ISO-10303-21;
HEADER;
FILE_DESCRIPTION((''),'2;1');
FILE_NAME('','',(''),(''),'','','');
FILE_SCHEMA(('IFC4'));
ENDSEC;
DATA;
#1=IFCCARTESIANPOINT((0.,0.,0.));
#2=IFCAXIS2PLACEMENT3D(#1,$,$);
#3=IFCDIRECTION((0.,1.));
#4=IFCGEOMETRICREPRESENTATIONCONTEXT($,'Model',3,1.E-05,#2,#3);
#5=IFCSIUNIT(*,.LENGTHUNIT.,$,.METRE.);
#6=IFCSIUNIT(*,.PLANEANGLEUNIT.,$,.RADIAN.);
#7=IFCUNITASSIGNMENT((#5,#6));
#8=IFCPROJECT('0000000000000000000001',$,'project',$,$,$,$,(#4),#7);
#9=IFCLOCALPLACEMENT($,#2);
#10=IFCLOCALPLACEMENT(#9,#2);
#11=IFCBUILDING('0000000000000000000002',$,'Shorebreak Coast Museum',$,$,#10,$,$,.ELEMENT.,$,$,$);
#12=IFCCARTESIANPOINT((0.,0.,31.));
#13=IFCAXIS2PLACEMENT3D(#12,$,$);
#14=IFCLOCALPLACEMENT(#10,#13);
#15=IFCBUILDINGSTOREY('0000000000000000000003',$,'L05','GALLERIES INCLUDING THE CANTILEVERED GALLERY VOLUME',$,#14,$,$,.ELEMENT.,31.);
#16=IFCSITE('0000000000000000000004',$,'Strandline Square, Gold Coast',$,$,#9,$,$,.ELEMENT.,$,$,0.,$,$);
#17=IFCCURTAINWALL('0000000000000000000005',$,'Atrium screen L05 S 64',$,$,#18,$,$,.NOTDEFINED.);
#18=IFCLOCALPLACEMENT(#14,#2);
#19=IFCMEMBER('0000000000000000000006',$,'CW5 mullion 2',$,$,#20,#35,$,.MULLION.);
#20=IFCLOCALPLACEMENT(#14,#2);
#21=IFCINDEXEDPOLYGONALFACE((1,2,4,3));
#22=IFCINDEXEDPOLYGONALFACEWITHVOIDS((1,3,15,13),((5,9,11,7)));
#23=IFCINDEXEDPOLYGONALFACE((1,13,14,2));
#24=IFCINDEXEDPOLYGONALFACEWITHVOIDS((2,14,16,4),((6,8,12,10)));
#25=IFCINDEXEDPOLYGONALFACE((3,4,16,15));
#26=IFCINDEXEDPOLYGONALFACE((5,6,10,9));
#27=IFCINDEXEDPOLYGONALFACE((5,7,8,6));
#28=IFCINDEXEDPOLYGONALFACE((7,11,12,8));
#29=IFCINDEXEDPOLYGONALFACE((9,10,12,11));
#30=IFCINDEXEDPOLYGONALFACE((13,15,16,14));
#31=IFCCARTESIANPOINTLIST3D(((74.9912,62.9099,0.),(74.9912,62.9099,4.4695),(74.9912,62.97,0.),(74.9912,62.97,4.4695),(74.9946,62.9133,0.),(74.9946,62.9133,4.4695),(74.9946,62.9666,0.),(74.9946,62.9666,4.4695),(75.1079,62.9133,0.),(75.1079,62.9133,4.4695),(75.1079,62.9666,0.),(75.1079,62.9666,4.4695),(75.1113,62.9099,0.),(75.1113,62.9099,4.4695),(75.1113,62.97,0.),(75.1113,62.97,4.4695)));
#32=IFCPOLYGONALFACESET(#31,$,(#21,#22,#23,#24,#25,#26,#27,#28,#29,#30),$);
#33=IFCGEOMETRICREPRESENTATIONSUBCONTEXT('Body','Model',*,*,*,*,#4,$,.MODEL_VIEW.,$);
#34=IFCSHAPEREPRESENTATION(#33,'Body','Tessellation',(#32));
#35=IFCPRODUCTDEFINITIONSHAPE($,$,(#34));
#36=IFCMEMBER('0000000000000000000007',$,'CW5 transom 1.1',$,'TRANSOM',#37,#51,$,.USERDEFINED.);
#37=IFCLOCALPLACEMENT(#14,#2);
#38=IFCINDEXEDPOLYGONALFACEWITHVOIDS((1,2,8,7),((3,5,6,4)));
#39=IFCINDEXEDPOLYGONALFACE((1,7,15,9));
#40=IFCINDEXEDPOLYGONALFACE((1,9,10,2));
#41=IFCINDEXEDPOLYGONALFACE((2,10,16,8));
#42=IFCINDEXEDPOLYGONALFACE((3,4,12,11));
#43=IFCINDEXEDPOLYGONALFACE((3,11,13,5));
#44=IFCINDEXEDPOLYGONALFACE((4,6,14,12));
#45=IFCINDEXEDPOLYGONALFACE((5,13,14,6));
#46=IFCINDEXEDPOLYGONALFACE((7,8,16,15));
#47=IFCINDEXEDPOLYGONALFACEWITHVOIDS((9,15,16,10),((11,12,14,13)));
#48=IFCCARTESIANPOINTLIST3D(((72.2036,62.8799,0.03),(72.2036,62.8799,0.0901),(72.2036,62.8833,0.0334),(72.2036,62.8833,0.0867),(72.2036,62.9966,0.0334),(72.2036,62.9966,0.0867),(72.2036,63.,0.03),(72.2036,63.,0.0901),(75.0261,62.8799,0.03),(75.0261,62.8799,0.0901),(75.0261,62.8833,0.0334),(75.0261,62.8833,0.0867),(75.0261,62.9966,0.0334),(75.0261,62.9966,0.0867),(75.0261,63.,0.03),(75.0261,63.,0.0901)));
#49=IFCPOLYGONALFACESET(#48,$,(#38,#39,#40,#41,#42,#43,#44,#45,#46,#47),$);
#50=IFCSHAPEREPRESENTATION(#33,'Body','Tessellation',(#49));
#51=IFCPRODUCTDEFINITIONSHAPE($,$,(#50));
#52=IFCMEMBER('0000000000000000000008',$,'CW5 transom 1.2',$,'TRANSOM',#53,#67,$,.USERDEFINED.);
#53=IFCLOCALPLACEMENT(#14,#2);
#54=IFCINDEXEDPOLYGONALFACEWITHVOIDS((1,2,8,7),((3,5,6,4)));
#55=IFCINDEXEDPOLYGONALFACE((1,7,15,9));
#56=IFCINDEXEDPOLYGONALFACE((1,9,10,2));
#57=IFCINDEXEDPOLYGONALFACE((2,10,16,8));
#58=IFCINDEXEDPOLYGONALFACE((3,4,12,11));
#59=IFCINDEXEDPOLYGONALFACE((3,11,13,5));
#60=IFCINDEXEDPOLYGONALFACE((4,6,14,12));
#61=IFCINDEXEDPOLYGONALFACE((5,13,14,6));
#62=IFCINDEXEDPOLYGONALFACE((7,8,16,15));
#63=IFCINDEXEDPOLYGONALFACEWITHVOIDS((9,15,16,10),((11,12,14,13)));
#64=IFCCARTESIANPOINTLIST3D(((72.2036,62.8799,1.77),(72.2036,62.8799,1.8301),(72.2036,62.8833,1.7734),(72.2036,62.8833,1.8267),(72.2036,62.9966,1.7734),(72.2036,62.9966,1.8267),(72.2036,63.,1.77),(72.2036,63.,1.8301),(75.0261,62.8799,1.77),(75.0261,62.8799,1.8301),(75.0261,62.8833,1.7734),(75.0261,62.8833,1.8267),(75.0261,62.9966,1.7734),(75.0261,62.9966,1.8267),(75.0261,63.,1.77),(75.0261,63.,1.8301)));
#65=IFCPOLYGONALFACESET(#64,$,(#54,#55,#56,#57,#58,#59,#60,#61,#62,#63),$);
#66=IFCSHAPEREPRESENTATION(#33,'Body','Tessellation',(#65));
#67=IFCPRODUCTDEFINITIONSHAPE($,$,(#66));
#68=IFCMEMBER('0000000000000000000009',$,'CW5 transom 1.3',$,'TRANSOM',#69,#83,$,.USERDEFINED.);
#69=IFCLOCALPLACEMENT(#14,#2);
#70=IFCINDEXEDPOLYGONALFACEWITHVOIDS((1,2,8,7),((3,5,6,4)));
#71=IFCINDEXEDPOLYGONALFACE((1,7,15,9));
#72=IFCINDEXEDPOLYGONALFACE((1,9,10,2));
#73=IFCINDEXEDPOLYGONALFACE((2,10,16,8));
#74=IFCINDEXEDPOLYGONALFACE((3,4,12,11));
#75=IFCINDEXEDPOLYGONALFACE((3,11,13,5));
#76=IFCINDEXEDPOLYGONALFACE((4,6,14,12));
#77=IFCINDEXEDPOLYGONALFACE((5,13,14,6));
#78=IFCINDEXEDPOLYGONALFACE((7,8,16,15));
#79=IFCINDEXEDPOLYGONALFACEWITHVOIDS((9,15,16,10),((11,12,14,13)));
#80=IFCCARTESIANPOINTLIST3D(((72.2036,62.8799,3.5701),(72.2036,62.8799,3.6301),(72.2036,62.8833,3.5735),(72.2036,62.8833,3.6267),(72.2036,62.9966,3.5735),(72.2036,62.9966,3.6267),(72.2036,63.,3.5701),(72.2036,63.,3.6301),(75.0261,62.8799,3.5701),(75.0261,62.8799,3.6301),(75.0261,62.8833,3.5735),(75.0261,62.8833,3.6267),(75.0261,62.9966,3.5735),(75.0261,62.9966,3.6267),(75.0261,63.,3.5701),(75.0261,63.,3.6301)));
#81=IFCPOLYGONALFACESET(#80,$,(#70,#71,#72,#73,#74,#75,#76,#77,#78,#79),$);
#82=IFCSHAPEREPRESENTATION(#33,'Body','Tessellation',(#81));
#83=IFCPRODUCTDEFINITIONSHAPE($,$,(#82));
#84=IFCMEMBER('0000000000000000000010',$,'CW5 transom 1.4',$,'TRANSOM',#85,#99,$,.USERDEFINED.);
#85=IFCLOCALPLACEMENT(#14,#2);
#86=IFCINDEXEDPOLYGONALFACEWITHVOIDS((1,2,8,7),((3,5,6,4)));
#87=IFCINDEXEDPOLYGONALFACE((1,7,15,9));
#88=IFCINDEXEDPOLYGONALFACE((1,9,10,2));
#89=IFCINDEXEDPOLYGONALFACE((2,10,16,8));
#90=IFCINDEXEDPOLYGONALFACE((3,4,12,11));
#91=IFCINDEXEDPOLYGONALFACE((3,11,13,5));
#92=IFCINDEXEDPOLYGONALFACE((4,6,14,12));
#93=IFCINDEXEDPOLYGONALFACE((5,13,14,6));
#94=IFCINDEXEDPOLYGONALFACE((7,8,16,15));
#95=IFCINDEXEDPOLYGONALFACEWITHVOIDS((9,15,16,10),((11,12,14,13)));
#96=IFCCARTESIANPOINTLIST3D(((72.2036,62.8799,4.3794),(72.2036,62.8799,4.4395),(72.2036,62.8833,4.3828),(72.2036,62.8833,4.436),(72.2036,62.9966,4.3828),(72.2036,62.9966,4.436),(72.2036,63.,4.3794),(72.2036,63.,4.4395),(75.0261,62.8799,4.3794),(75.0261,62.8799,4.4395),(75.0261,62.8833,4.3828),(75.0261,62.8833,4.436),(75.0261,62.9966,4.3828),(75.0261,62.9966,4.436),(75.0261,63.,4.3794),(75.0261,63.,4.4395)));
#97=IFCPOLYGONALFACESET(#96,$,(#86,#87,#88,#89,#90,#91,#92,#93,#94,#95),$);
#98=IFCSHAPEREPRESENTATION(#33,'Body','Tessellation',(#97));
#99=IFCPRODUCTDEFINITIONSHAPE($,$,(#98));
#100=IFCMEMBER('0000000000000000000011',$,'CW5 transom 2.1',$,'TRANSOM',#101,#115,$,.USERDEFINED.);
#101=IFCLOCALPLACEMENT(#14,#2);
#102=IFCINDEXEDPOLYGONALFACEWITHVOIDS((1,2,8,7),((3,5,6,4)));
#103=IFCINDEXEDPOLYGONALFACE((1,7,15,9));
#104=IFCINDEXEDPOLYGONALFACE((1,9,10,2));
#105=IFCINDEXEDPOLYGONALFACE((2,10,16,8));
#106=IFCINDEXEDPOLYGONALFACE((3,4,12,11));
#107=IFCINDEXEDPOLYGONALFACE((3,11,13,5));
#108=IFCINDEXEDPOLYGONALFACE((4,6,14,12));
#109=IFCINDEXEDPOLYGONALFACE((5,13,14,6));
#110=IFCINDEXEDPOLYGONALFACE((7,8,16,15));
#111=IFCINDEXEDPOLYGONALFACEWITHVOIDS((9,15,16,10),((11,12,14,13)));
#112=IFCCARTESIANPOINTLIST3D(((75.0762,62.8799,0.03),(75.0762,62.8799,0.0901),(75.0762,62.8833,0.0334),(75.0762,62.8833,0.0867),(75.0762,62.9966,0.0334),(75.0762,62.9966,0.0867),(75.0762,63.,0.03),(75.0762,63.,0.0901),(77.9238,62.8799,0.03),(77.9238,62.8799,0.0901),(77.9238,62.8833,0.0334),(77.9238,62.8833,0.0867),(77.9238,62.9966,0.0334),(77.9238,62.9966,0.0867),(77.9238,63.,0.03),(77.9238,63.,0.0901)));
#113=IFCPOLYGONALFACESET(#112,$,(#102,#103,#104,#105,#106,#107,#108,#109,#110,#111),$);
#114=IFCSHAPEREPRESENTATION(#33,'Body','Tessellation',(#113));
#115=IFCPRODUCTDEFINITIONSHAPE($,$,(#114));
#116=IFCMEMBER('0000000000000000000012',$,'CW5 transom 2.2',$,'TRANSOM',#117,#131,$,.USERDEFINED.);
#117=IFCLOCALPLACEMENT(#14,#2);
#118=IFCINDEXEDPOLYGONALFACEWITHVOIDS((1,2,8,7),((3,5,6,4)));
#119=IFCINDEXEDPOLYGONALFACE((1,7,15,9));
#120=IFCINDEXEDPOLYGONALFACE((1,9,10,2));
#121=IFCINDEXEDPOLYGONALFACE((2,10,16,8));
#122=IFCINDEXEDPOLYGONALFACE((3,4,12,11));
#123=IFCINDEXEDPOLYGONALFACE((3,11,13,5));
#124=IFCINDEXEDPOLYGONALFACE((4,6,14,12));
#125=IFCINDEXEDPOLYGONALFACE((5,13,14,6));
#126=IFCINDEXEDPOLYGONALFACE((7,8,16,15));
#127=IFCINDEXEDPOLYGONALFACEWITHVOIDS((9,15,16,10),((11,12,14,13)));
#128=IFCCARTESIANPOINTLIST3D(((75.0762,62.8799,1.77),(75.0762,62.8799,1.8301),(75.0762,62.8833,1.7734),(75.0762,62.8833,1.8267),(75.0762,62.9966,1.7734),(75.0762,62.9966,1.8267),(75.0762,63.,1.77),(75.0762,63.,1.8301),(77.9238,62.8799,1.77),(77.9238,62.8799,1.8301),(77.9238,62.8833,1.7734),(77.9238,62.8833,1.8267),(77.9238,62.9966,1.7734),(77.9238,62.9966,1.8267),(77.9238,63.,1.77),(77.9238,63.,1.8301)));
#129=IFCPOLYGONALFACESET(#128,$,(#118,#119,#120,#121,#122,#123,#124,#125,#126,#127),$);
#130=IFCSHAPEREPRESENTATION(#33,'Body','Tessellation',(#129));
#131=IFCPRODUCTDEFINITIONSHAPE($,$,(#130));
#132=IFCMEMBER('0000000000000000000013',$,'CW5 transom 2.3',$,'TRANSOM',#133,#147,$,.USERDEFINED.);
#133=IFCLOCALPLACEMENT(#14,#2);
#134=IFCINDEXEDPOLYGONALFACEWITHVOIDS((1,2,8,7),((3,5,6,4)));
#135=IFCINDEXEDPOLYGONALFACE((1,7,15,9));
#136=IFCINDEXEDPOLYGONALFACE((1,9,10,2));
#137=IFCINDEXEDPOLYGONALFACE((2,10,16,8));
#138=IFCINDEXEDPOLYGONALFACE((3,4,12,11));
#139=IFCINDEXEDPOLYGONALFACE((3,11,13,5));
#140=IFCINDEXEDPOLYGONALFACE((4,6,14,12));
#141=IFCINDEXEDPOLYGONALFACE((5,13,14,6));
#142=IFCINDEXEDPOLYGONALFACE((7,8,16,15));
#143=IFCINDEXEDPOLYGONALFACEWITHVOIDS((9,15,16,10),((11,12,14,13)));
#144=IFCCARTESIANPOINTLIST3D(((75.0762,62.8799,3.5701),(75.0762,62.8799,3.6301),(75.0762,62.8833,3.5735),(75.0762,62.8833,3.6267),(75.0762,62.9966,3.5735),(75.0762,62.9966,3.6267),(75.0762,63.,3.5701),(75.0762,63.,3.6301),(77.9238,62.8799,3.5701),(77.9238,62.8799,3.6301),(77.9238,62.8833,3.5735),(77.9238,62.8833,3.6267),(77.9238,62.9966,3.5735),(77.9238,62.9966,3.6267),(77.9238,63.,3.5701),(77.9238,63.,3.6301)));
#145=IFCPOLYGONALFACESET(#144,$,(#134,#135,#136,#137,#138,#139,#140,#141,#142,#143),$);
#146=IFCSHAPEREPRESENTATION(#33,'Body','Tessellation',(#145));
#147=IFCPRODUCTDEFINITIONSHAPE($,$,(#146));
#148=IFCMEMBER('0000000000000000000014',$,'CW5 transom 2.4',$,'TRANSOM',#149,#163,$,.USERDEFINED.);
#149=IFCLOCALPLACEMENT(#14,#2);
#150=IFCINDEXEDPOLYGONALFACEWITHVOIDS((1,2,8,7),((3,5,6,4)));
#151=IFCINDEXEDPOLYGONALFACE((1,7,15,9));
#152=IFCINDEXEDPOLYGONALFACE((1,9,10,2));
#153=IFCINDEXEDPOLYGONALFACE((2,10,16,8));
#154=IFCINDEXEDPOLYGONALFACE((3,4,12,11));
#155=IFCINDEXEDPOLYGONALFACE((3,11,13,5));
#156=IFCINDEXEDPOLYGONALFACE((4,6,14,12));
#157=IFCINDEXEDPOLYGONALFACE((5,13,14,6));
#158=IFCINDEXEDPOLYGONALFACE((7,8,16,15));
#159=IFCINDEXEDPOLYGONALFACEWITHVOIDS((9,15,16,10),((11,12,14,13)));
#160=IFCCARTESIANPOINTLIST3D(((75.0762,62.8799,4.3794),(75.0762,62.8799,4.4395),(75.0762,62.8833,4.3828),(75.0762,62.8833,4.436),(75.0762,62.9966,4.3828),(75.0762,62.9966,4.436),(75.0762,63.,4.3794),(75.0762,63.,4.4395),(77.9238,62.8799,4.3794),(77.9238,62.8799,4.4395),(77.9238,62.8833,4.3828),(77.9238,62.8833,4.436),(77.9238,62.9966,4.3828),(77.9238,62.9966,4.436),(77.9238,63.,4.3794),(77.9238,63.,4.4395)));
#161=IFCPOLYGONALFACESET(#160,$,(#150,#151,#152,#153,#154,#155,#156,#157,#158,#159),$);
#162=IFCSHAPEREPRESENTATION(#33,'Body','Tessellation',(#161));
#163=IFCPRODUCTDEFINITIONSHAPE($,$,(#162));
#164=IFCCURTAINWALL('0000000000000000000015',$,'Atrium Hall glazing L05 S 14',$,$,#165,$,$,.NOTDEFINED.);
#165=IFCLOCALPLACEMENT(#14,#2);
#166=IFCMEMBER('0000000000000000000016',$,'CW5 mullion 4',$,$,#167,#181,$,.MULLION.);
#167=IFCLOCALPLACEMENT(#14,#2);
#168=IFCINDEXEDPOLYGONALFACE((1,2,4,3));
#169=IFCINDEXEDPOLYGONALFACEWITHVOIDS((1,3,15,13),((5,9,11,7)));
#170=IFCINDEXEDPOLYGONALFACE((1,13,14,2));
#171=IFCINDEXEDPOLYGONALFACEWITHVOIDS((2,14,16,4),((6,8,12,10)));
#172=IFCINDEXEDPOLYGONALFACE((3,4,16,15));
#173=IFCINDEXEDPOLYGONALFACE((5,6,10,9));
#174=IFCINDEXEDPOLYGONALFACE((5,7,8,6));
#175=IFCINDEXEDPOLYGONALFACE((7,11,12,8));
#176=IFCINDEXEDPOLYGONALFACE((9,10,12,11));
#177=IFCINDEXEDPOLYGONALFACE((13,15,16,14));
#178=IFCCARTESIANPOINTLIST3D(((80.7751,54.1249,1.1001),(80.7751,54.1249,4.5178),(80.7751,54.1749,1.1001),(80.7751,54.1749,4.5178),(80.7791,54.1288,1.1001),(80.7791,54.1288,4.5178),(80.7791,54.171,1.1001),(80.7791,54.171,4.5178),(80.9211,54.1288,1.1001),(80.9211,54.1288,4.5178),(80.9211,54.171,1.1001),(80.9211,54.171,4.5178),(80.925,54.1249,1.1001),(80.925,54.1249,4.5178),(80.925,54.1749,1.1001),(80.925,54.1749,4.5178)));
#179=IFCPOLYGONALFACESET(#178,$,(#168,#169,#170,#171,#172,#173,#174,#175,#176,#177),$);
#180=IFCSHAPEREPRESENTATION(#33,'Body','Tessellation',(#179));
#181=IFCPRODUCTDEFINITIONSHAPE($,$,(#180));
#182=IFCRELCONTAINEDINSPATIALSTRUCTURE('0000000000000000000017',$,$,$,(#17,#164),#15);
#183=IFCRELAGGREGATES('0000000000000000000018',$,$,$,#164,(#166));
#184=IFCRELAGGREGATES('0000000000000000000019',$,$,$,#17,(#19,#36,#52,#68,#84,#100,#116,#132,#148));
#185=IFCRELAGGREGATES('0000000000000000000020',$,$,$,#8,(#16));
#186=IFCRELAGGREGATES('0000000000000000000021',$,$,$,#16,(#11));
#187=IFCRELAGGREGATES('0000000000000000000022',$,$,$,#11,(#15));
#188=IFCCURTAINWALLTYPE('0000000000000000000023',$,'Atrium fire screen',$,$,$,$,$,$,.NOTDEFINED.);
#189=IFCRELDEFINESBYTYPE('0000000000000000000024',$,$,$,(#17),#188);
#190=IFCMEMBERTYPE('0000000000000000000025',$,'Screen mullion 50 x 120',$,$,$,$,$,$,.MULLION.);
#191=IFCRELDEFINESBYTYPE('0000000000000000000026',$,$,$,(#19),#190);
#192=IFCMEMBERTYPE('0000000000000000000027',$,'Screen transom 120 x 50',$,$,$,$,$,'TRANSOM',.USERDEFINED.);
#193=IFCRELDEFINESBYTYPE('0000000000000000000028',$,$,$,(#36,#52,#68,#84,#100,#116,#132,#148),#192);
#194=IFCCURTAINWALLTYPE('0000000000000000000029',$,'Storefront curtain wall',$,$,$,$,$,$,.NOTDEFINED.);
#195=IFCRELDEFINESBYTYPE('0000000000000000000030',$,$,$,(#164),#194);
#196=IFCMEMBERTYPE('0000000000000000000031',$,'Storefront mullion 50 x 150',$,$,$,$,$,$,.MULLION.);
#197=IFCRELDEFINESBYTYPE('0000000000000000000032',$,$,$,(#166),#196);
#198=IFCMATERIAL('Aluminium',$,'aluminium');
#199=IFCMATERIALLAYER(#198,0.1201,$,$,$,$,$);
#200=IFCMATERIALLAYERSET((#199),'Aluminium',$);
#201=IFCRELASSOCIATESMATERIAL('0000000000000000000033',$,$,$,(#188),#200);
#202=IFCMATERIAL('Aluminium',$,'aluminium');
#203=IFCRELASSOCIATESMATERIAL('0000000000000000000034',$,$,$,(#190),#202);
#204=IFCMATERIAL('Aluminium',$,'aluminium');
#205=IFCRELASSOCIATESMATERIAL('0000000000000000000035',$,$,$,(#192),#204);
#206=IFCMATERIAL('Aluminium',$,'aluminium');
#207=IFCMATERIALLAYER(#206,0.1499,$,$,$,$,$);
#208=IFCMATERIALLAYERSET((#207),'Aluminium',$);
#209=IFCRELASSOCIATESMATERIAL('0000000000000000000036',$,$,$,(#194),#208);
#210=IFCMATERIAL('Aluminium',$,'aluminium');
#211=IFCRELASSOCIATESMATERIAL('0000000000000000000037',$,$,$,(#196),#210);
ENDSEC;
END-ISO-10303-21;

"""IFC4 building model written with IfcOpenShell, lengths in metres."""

from ifc_helpers import new_model, si_unit, direction, frame, origin, origin_2d, place, context, subcontext, project, spatial, hollow_rectangle, extrude, material, layer, layer_set, material_profile, profile_set, type_object, element, aggregate, save


model = new_model("IFC4")

# Units and contexts
model_context = context("Model", 3, precision=1e-05, world=origin(), true_north=direction((0.0, 1.0)))
body_context = subcontext(model_context, "Body", "Model", "MODEL_VIEW")
ifc_project = project(units=[si_unit("LENGTHUNIT", "METRE"), si_unit("PLANEANGLEUNIT", "RADIAN")], contexts=[model_context])

# Site, building, storey
site_placement = place(None, origin())
site = spatial("IfcSite", under=ifc_project, at=site_placement, Name="Strandline Square, Gold Coast", CompositionType="ELEMENT", RefElevation=0.0)
building_placement = place(site_placement, origin())
building = spatial("IfcBuilding", under=site, at=building_placement, Name="Shorebreak Coast Museum", CompositionType="ELEMENT")
storey_placement = place(building_placement, frame((0.0, 0.0, 31.0)))
storey = spatial("IfcBuildingStorey", under=building, at=storey_placement, Name="L05", Description="GALLERIES INCLUDING THE CANTILEVERED GALLERY VOLUME", CompositionType="ELEMENT", Elevation=31.0)

# Curtain wall, members
ifc_material_1 = material(Name="Aluminium", Category="aluminium")
ifc_layer_1 = layer(ifc_material_1, 0.1201)
ifc_layer_set_1 = layer_set([ifc_layer_1], Name="Aluminium")
curtain_wall_type_1 = type_object("IfcCurtainWallType", Name="Atrium fire screen", PredefinedType="NOTDEFINED", material=ifc_layer_set_1)
curtain_wall_1_placement = place(storey_placement, origin())
curtain_wall_1 = element("IfcCurtainWall", 1, at=curtain_wall_1_placement, inside=storey, type_object=curtain_wall_type_1, Name="Atrium screen L05 S 64", PredefinedType="NOTDEFINED")
ifc_material_2 = material(Name="Aluminium", Category="aluminium")
ifc_material_profile_1 = material_profile(ifc_material_2, hollow_rectangle(XDim=0.0601, YDim=0.1201, WallThickness=0.0034, at=origin_2d()), Name="AL 120x60 RHS")
ifc_profile_set_1 = profile_set([ifc_material_profile_1], Name="Aluminium")
member_type_1 = type_object("IfcMemberType", Name="Screen mullion 50 x 120", PredefinedType="MULLION", material=ifc_profile_set_1)
member_1_placement = place(storey_placement, frame((75.0513, 62.9399, 0.0), z_axis=(0.0, 0.0, 1.0), x_axis=(0.0, 1.0, 0.0)))
member_1 = element("IfcMember", 2, at=member_1_placement, type_object=member_type_1, Name="CW5 mullion 2", PredefinedType="MULLION", context=body_context, shape_type="SweptSolid", body=[
    extrude(hollow_rectangle(XDim=0.0601, YDim=0.1201, WallThickness=0.0034, at=origin_2d()), origin(), (0.0, 0.0, 1.0), 4.4695),
])
ifc_material_3 = material(Name="Aluminium", Category="aluminium")
ifc_material_profile_2 = material_profile(ifc_material_3, hollow_rectangle(XDim=0.1201, YDim=0.0601, WallThickness=0.0034, at=origin_2d()), Name="AL 60x120 RHS")
ifc_profile_set_2 = profile_set([ifc_material_profile_2], Name="Aluminium")
member_type_2 = type_object("IfcMemberType", Name="Screen transom 120 x 50", ElementType="TRANSOM", PredefinedType="USERDEFINED", material=ifc_profile_set_2)
member_2_placement = place(storey_placement, frame((72.2036, 62.9399, 0.0601), z_axis=(1.0, 0.0, 0.0), x_axis=(0.0, 1.0, 0.0)))
member_2 = element("IfcMember", 3, at=member_2_placement, type_object=member_type_2, Name="CW5 transom 1.1", ObjectType="TRANSOM", PredefinedType="USERDEFINED", context=body_context, shape_type="SweptSolid", body=[
    extrude(hollow_rectangle(XDim=0.1201, YDim=0.0601, WallThickness=0.0034, at=origin_2d()), origin(), (0.0, 0.0, 1.0), 2.8225),
])
member_3_placement = place(storey_placement, frame((72.2036, 62.9399, 1.8), z_axis=(1.0, 0.0, 0.0), x_axis=(0.0, 1.0, 0.0)))
member_3 = element("IfcMember", 4, at=member_3_placement, type_object=member_type_2, Name="CW5 transom 1.2", ObjectType="TRANSOM", PredefinedType="USERDEFINED", context=body_context, shape_type="SweptSolid", body=[
    extrude(hollow_rectangle(XDim=0.1201, YDim=0.0601, WallThickness=0.0034, at=origin_2d()), origin(), (0.0, 0.0, 1.0), 2.8225),
])
member_4_placement = place(storey_placement, frame((72.2036, 62.9399, 3.6001), z_axis=(1.0, 0.0, 0.0), x_axis=(0.0, 1.0, 0.0)))
member_4 = element("IfcMember", 5, at=member_4_placement, type_object=member_type_2, Name="CW5 transom 1.3", ObjectType="TRANSOM", PredefinedType="USERDEFINED", context=body_context, shape_type="SweptSolid", body=[
    extrude(hollow_rectangle(XDim=0.1201, YDim=0.0601, WallThickness=0.0034, at=origin_2d()), origin(), (0.0, 0.0, 1.0), 2.8225),
])
member_5_placement = place(storey_placement, frame((72.2036, 62.9399, 4.4094), z_axis=(1.0, 0.0, 0.0), x_axis=(0.0, 1.0, 0.0)))
member_5 = element("IfcMember", 6, at=member_5_placement, type_object=member_type_2, Name="CW5 transom 1.4", ObjectType="TRANSOM", PredefinedType="USERDEFINED", context=body_context, shape_type="SweptSolid", body=[
    extrude(hollow_rectangle(XDim=0.1201, YDim=0.0601, WallThickness=0.0034, at=origin_2d()), origin(), (0.0, 0.0, 1.0), 2.8225),
])
member_6_placement = place(storey_placement, frame((75.0762, 62.9399, 0.0601), z_axis=(1.0, 0.0, 0.0), x_axis=(0.0, 1.0, 0.0)))
member_6 = element("IfcMember", 7, at=member_6_placement, type_object=member_type_2, Name="CW5 transom 2.1", ObjectType="TRANSOM", PredefinedType="USERDEFINED", context=body_context, shape_type="SweptSolid", body=[
    extrude(hollow_rectangle(XDim=0.1201, YDim=0.0601, WallThickness=0.0034, at=origin_2d()), origin(), (0.0, 0.0, 1.0), 2.8477),
])
member_7_placement = place(storey_placement, frame((75.0762, 62.9399, 1.8), z_axis=(1.0, 0.0, 0.0), x_axis=(0.0, 1.0, 0.0)))
member_7 = element("IfcMember", 8, at=member_7_placement, type_object=member_type_2, Name="CW5 transom 2.2", ObjectType="TRANSOM", PredefinedType="USERDEFINED", context=body_context, shape_type="SweptSolid", body=[
    extrude(hollow_rectangle(XDim=0.1201, YDim=0.0601, WallThickness=0.0034, at=origin_2d()), origin(), (0.0, 0.0, 1.0), 2.8477),
])
member_8_placement = place(storey_placement, frame((75.0762, 62.9399, 3.6001), z_axis=(1.0, 0.0, 0.0), x_axis=(0.0, 1.0, 0.0)))
member_8 = element("IfcMember", 9, at=member_8_placement, type_object=member_type_2, Name="CW5 transom 2.3", ObjectType="TRANSOM", PredefinedType="USERDEFINED", context=body_context, shape_type="SweptSolid", body=[
    extrude(hollow_rectangle(XDim=0.1201, YDim=0.0601, WallThickness=0.0034, at=origin_2d()), origin(), (0.0, 0.0, 1.0), 2.8477),
])
member_9_placement = place(storey_placement, frame((75.0762, 62.9399, 4.4094), z_axis=(1.0, 0.0, 0.0), x_axis=(0.0, 1.0, 0.0)))
member_9 = element("IfcMember", 10, at=member_9_placement, type_object=member_type_2, Name="CW5 transom 2.4", ObjectType="TRANSOM", PredefinedType="USERDEFINED", context=body_context, shape_type="SweptSolid", body=[
    extrude(hollow_rectangle(XDim=0.1201, YDim=0.0601, WallThickness=0.0034, at=origin_2d()), origin(), (0.0, 0.0, 1.0), 2.8477),
])

# Curtain wall, member
ifc_material_4 = material(Name="Aluminium", Category="aluminium")
ifc_layer_2 = layer(ifc_material_4, 0.1499)
ifc_layer_set_2 = layer_set([ifc_layer_2], Name="Aluminium")
curtain_wall_type_2 = type_object("IfcCurtainWallType", Name="Storefront curtain wall", PredefinedType="NOTDEFINED", material=ifc_layer_set_2)
curtain_wall_2_placement = place(storey_placement, origin())
curtain_wall_2 = element("IfcCurtainWall", 11, at=curtain_wall_2_placement, inside=storey, type_object=curtain_wall_type_2, Name="Atrium Hall glazing L05 S 14", PredefinedType="NOTDEFINED")
ifc_material_5 = material(Name="Aluminium", Category="aluminium")
ifc_material_profile_3 = material_profile(ifc_material_5, hollow_rectangle(XDim=0.05, YDim=0.1499, WallThickness=0.0039, at=origin_2d()), Name="AL 150x50 RHS")
ifc_profile_set_3 = profile_set([ifc_material_profile_3], Name="Aluminium")
member_type_3 = type_object("IfcMemberType", Name="Storefront mullion 50 x 150", PredefinedType="MULLION", material=ifc_profile_set_3)
member_10_placement = place(storey_placement, frame((80.8501, 54.1499, 1.1001), z_axis=(0.0, 0.0, 1.0), x_axis=(0.0, 1.0, 0.0)))
member_10 = element("IfcMember", 12, at=member_10_placement, type_object=member_type_3, Name="CW5 mullion 4", PredefinedType="MULLION", context=body_context, shape_type="SweptSolid", body=[
    extrude(hollow_rectangle(XDim=0.05, YDim=0.1499, WallThickness=0.0039, at=origin_2d()), origin(), (0.0, 0.0, 1.0), 3.4177),
])
aggregate(curtain_wall_2, [member_10])

aggregate(curtain_wall_1, [member_1, member_2, member_3, member_4, member_5, member_6, member_7, member_8, member_9])

save(model, "model.ifc")
